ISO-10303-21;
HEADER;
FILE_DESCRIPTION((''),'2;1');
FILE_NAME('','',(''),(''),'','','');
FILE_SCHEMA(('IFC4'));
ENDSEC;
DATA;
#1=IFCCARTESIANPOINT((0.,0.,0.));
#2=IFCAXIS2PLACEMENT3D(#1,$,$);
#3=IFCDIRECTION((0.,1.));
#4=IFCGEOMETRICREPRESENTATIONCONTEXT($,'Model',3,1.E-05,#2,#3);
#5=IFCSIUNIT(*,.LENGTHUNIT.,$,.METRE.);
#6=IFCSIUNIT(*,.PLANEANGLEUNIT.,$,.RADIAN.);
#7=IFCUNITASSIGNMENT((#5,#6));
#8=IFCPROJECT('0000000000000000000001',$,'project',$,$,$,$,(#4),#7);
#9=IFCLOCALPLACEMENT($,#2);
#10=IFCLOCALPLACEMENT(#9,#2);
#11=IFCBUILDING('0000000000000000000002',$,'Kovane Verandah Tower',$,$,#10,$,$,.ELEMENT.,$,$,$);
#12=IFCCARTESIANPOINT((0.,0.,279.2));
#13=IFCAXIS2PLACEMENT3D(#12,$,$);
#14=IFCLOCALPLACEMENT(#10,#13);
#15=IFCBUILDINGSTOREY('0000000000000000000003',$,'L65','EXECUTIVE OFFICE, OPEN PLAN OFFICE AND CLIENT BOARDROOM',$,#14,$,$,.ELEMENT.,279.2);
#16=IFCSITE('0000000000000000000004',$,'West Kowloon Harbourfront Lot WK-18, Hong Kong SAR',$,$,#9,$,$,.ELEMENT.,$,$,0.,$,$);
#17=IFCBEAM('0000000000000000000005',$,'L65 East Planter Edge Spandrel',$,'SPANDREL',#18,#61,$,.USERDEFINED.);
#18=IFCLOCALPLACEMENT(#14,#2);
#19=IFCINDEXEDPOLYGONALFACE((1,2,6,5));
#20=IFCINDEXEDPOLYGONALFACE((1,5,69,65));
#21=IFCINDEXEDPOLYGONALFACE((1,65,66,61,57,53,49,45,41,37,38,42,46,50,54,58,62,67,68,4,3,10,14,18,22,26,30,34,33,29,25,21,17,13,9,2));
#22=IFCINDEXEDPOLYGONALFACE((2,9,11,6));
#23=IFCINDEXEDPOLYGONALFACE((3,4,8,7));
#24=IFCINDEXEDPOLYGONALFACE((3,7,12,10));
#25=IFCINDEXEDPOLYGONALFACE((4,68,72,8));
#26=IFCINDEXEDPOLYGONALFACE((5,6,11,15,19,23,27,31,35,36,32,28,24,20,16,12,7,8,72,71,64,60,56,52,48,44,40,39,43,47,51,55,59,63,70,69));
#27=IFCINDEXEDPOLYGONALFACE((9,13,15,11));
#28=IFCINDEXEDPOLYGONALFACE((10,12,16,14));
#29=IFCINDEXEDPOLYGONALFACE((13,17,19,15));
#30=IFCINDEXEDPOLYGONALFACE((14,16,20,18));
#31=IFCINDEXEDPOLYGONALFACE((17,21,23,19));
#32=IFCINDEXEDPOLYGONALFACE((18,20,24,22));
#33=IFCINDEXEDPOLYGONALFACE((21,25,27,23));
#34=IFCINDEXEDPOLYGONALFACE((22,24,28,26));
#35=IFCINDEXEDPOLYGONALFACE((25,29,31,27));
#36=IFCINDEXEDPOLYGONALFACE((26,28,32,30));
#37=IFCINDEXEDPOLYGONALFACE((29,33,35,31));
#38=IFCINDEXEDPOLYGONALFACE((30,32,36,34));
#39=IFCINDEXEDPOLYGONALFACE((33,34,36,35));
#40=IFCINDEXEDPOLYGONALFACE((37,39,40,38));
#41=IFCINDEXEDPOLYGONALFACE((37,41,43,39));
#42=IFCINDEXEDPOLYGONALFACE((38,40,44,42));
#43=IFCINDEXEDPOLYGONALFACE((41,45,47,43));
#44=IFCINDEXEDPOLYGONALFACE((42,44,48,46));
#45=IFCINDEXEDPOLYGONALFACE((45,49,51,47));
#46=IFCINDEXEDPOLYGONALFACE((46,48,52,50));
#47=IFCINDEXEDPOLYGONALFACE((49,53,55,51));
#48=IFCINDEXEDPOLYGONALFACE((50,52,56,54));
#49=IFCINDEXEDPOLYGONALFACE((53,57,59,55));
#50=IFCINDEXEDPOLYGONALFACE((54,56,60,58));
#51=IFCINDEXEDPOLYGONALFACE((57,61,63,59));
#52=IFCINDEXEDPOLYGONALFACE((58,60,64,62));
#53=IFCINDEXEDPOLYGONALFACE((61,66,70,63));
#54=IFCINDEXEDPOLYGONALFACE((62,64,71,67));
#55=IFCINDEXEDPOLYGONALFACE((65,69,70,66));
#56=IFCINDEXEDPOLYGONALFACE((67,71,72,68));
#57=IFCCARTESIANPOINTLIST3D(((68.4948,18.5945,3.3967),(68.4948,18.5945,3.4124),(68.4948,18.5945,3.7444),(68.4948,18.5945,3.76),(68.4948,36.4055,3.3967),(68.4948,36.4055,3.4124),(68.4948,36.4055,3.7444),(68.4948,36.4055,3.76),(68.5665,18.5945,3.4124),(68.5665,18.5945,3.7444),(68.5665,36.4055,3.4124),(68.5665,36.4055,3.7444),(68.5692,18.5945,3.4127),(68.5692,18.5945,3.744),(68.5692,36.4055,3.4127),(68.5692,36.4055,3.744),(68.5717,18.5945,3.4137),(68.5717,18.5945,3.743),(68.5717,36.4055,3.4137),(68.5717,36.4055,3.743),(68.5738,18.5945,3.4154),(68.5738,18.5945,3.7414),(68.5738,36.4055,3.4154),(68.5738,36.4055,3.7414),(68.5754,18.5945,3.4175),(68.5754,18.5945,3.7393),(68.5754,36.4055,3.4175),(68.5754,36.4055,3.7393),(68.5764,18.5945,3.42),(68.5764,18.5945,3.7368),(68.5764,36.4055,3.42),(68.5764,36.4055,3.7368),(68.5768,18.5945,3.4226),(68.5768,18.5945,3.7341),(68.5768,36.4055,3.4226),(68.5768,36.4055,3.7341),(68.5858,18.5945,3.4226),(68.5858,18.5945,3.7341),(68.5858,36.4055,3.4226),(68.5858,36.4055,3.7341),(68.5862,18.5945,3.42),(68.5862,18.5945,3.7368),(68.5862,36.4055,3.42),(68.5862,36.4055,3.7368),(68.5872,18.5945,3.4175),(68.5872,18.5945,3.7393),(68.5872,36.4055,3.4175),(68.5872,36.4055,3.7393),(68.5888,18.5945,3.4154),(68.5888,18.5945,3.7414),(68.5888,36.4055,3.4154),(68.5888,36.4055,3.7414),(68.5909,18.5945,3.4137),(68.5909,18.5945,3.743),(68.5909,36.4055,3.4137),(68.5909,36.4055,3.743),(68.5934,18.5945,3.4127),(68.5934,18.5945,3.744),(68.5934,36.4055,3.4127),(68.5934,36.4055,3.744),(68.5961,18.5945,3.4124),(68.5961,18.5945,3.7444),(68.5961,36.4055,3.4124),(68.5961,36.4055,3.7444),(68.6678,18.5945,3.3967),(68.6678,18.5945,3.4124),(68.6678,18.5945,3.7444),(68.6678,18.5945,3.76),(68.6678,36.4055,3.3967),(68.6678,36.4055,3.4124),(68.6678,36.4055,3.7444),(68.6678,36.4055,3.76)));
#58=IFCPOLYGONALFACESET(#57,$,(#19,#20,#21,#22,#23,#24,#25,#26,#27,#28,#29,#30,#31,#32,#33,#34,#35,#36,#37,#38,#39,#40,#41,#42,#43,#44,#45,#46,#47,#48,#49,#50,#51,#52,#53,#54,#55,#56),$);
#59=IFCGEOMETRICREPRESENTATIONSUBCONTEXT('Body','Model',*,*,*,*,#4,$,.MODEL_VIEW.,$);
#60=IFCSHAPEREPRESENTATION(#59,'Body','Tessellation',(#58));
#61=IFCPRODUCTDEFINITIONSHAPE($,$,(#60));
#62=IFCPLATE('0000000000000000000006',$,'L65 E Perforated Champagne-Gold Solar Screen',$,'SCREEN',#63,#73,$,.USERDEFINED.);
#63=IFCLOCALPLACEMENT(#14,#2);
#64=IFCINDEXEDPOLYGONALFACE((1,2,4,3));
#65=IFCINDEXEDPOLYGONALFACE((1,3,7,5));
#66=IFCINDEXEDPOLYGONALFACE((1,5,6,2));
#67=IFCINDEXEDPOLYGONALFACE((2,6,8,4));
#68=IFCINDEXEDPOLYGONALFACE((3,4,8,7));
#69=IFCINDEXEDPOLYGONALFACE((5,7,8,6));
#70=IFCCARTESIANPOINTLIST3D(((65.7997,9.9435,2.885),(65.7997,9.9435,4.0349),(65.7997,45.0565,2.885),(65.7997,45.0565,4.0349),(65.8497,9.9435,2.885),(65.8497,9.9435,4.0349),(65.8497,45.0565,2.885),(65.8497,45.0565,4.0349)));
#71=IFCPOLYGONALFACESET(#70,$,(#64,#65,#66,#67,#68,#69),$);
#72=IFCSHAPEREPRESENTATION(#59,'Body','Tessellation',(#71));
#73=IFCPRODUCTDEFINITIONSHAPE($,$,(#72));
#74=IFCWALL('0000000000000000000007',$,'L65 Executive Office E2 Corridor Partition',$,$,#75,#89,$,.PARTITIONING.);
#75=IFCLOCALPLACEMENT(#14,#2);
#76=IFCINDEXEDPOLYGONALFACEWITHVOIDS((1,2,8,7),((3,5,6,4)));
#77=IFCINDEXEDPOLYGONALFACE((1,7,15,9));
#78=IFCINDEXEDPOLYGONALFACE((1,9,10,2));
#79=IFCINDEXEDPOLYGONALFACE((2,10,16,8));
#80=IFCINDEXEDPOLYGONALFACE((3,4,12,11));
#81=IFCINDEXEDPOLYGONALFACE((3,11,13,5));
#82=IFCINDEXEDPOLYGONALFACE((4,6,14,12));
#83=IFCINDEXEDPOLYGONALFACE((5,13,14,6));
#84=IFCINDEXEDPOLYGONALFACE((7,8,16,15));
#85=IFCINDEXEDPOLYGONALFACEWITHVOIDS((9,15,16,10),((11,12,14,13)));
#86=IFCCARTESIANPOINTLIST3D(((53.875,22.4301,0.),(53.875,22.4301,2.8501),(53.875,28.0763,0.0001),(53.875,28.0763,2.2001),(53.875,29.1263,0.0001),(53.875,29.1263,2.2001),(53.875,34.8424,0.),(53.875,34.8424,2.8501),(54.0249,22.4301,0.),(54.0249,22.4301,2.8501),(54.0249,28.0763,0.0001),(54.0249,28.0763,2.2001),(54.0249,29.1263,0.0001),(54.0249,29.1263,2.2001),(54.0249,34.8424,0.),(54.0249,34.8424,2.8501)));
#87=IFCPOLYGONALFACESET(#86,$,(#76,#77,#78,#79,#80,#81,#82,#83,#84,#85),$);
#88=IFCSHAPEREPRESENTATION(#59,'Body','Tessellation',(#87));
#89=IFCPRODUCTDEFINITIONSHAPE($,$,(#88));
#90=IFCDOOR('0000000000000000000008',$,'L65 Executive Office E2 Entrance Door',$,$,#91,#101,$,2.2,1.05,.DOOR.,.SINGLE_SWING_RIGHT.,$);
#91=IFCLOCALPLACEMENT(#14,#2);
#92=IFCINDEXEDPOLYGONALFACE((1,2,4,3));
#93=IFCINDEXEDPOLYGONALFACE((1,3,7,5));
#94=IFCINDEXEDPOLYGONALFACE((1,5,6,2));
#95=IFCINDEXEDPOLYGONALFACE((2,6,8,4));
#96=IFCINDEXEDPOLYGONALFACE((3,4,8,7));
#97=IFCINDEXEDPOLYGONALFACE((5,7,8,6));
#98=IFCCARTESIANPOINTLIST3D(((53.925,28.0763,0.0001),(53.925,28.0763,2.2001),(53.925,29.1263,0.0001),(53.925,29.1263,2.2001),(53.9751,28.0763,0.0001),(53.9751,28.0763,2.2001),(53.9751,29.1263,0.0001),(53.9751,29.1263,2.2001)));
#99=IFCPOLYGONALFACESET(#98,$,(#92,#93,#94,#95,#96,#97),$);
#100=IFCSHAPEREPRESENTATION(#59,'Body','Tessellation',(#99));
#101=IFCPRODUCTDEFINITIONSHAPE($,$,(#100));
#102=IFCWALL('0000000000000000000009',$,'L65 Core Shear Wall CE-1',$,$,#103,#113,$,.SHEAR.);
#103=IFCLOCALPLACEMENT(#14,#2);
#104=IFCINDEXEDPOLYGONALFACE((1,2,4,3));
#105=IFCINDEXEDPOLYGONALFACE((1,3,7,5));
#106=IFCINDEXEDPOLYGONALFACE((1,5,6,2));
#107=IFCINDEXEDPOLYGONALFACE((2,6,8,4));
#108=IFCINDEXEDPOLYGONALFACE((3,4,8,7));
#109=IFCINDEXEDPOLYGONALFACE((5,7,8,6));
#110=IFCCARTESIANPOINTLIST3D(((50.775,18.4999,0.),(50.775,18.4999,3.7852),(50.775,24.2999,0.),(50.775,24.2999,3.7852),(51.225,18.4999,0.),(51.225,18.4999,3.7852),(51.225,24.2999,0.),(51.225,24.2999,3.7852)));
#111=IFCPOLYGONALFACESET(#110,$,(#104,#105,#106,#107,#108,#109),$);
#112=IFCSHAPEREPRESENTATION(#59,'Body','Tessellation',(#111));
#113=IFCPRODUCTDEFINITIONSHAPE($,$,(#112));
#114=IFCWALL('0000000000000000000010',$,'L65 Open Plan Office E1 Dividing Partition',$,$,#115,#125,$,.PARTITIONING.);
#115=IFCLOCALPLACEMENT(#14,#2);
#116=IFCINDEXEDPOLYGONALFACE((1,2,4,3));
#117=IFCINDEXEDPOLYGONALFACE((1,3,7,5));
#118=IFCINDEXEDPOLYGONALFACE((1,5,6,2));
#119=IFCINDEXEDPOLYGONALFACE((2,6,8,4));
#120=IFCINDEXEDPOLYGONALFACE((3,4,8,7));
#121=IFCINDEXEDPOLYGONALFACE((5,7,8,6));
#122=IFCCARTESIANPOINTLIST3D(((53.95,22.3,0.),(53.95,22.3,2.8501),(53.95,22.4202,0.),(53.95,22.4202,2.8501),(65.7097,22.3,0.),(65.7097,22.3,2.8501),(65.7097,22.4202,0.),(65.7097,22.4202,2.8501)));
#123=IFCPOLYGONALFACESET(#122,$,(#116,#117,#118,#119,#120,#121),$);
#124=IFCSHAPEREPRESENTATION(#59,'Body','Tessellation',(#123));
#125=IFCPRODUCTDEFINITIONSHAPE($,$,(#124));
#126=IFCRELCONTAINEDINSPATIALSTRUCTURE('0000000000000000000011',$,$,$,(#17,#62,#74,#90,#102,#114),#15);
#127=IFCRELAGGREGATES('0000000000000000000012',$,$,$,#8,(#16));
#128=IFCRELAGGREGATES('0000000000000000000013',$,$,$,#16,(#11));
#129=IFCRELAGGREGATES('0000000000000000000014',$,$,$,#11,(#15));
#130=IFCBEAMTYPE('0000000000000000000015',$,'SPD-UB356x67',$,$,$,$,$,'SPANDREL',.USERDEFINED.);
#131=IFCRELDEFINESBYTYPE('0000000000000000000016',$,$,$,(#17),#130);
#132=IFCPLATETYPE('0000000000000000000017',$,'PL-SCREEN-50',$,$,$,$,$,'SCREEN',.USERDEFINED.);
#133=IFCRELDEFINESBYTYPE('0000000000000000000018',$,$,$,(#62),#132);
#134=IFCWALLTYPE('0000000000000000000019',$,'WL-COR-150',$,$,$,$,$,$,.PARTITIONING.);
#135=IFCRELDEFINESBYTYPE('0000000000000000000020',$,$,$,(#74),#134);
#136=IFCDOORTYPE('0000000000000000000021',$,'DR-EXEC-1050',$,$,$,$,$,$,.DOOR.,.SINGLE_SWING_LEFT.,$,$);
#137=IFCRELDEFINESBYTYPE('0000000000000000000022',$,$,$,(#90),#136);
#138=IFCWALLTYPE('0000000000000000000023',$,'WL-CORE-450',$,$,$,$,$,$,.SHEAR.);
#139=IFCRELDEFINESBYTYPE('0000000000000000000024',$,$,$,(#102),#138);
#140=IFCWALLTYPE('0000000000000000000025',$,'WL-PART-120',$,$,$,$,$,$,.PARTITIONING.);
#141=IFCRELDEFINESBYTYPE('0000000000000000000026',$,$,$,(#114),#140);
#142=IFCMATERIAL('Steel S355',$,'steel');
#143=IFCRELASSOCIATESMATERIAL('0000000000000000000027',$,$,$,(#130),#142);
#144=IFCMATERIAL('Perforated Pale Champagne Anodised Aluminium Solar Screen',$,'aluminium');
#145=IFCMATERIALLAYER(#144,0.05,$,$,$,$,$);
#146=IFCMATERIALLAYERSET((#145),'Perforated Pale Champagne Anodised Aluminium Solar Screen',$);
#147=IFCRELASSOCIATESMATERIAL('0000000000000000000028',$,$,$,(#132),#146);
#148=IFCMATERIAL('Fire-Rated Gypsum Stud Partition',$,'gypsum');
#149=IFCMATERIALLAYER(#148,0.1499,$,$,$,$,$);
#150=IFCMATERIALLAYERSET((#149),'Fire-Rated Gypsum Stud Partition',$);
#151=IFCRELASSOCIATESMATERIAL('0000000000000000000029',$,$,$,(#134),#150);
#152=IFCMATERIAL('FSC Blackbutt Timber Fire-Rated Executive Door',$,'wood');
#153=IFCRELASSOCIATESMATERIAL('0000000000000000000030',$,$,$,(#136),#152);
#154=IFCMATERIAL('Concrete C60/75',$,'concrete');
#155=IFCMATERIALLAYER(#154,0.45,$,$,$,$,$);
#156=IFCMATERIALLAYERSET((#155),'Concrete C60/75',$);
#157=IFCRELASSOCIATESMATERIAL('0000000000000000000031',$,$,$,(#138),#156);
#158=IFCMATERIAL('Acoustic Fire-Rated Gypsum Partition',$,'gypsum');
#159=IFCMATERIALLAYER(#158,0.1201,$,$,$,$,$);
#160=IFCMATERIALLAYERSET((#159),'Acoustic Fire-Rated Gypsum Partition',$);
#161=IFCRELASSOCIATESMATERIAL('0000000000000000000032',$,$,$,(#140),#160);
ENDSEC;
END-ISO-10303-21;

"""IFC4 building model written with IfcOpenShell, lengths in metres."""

from ifc_helpers import new_model, si_unit, direction, frame, frame_2d, origin, origin_2d, place, context, subcontext, project, spatial, rectangle, i_section, extrude, material, layer, layer_set, material_profile, profile_set, type_object, element, fill, save


model = new_model("IFC4")

# Units and contexts
model_context = context("Model", 3, precision=1e-05, world=origin(), true_north=direction((0.0, 1.0)))
body_context = subcontext(model_context, "Body", "Model", "MODEL_VIEW")
ifc_project = project(units=[si_unit("LENGTHUNIT", "METRE"), si_unit("PLANEANGLEUNIT", "RADIAN")], contexts=[model_context])

# Site, building, storey
site_placement = place(None, origin())
site = spatial("IfcSite", under=ifc_project, at=site_placement, Name="West Kowloon Harbourfront Lot WK-18, Hong Kong SAR", CompositionType="ELEMENT", RefElevation=0.0)
building_placement = place(site_placement, origin())
building = spatial("IfcBuilding", under=site, at=building_placement, Name="Kovane Verandah Tower", CompositionType="ELEMENT")
storey_placement = place(building_placement, frame((0.0, 0.0, 279.2)))
storey = spatial("IfcBuildingStorey", under=building, at=storey_placement, Name="L65", Description="EXECUTIVE OFFICE, OPEN PLAN OFFICE AND CLIENT BOARDROOM", CompositionType="ELEMENT", Elevation=279.2)

# Shared definitions
ifc_material_1 = material(Name="Concrete C60/75", Category="concrete")

# Beam
ifc_material_2 = material(Name="Steel S355", Category="steel")
ifc_material_profile_1 = material_profile(ifc_material_2, i_section(OverallWidth=0.1731, OverallDepth=0.3633, WebThickness=0.009, FlangeThickness=0.0156, FilletRadius=0.0103, at=origin_2d()), Name="UB356x171x67")
ifc_profile_set_1 = profile_set([ifc_material_profile_1], Name="Steel S355")
beam_type_1 = type_object("IfcBeamType", Name="SPD-UB356x67", ElementType="SPANDREL", PredefinedType="USERDEFINED", material=ifc_profile_set_1)
beam_1_placement = place(storey_placement, frame((68.5813, 18.5945, 3.5784), z_axis=(0.0, 1.0, 0.0), x_axis=(-1.0, 0.0, 0.0)))
element("IfcBeam", 1, at=beam_1_placement, inside=storey, type_object=beam_type_1, Name="L65 East Planter Edge Spandrel", ObjectType="SPANDREL", PredefinedType="USERDEFINED", context=body_context, shape_type="SweptSolid", body=[
    extrude(i_section(OverallWidth=0.1731, OverallDepth=0.3633, WebThickness=0.009, FlangeThickness=0.0156, FilletRadius=0.0103, at=origin_2d()), origin(), (0.0, 0.0, 1.0), 17.811),
])

# Plate
ifc_material_3 = material(Name="Perforated Pale Champagne Anodised Aluminium Solar Screen", Category="aluminium")
ifc_layer_1 = layer(ifc_material_3, 0.05)
ifc_layer_set_1 = layer_set([ifc_layer_1], Name="Perforated Pale Champagne Anodised Aluminium Solar Screen")
plate_type = type_object("IfcPlateType", Name="PL-SCREEN-50", ElementType="SCREEN", PredefinedType="USERDEFINED", material=ifc_layer_set_1)
plate_placement = place(storey_placement, frame((65.8247, 27.5, 2.885), z_axis=(0.0, 0.0, 1.0), x_axis=(0.0, 1.0, 0.0)))
element("IfcPlate", 2, at=plate_placement, inside=storey, type_object=plate_type, Name="L65 E Perforated Champagne-Gold Solar Screen", ObjectType="SCREEN", PredefinedType="USERDEFINED", context=body_context, shape_type="SweptSolid", body=[
    extrude(rectangle(XDim=35.113, YDim=0.05, at=origin_2d()), origin(), (0.0, 0.0, 1.0), 1.1499),
])

# Wall, opening, door
ifc_material_4 = material(Name="Fire-Rated Gypsum Stud Partition", Category="gypsum")
ifc_layer_2 = layer(ifc_material_4, 0.1499)
ifc_layer_set_2 = layer_set([ifc_layer_2], Name="Fire-Rated Gypsum Stud Partition")
wall_type_1 = type_object("IfcWallType", Name="WL-COR-150", PredefinedType="PARTITIONING", material=ifc_layer_set_2)
wall_1_placement = place(storey_placement, frame((53.95, 22.4302, 0.0), z_axis=(0.0, 0.0, 1.0), x_axis=(0.0, 1.0, 0.0)))
wall_1 = element("IfcWall", 3, at=wall_1_placement, inside=storey, type_object=wall_type_1, Name="L65 Executive Office E2 Corridor Partition", PredefinedType="PARTITIONING", context=body_context, shape_type="SweptSolid", body=[
    extrude(rectangle(XDim=12.4124, YDim=0.1499, at=frame_2d((6.2061, 0.0))), origin(), (0.0, 0.0, 1.0), 2.8501),
])
opening_1_placement = place(wall_1_placement, frame((5.6462, 0.0, 0.0)))
opening_1 = element("IfcOpeningElement", 4, at=opening_1_placement, cuts=wall_1, PredefinedType="OPENING", context=body_context, shape_type="SweptSolid", body=[
    extrude(rectangle(XDim=1.05, YDim=2.2, at=frame_2d((0.5249, 1.1001))), frame((0.0, 0.075, 0.0), z_axis=(0.0, -1.0, 0.0), x_axis=(1.0, 0.0, 0.0)), (0.0, 0.0, 1.0), 0.1499),
])
ifc_material_5 = material(Name="FSC Blackbutt Timber Fire-Rated Executive Door", Category="wood")
door_type_1 = type_object("IfcDoorType", Name="DR-EXEC-1050", OperationType="SINGLE_SWING_LEFT", PredefinedType="DOOR", material=ifc_material_5)
door_1_placement = place(opening_1_placement, origin())
door_1 = element("IfcDoor", 5, at=door_1_placement, inside=storey, type_object=door_type_1, Name="L65 Executive Office E2 Entrance Door", OperationType="SINGLE_SWING_RIGHT", OverallHeight=2.2, OverallWidth=1.05, PredefinedType="DOOR", context=body_context, shape_type="SweptSolid", body=[
    extrude(rectangle(XDim=1.05, YDim=2.2, at=frame_2d((0.5249, 1.1001))), frame((0.0, 0.0249, 0.0), z_axis=(0.0, -1.0, 0.0), x_axis=(1.0, 0.0, 0.0)), (0.0, 0.0, 1.0), 0.05),
])
fill(opening_1, door_1)

# Wall
ifc_layer_3 = layer(ifc_material_1, 0.45)
ifc_layer_set_3 = layer_set([ifc_layer_3], Name="Concrete C60/75")
wall_type_2 = type_object("IfcWallType", Name="WL-CORE-450", PredefinedType="SHEAR", material=ifc_layer_set_3)
wall_2_placement = place(storey_placement, frame((51.0, 18.5, 0.0), z_axis=(0.0, 0.0, 1.0), x_axis=(0.0, 1.0, 0.0)))
element("IfcWall", 6, at=wall_2_placement, inside=storey, type_object=wall_type_2, Name="L65 Core Shear Wall CE-1", PredefinedType="SHEAR", context=body_context, shape_type="SweptSolid", body=[
    extrude(rectangle(XDim=5.8, YDim=0.45, at=frame_2d((2.8999, 0.0))), origin(), (0.0, 0.0, 1.0), 3.7852),
])

# Wall
ifc_material_6 = material(Name="Acoustic Fire-Rated Gypsum Partition", Category="gypsum")
ifc_layer_4 = layer(ifc_material_6, 0.1201)
ifc_layer_set_4 = layer_set([ifc_layer_4], Name="Acoustic Fire-Rated Gypsum Partition")
wall_type_3 = type_object("IfcWallType", Name="WL-PART-120", PredefinedType="PARTITIONING", material=ifc_layer_set_4)
wall_3_placement = place(storey_placement, frame((53.95, 22.3601, 0.0), z_axis=(0.0, 0.0, 1.0), x_axis=(1.0, 0.0, 0.0)))
element("IfcWall", 7, at=wall_3_placement, inside=storey, type_object=wall_type_3, Name="L65 Open Plan Office E1 Dividing Partition", PredefinedType="PARTITIONING", context=body_context, shape_type="SweptSolid", body=[
    extrude(rectangle(XDim=11.7598, YDim=0.1201, at=frame_2d((5.8799, 0.0))), origin(), (0.0, 0.0, 1.0), 2.8501),
])

save(model, "model.ifc")
